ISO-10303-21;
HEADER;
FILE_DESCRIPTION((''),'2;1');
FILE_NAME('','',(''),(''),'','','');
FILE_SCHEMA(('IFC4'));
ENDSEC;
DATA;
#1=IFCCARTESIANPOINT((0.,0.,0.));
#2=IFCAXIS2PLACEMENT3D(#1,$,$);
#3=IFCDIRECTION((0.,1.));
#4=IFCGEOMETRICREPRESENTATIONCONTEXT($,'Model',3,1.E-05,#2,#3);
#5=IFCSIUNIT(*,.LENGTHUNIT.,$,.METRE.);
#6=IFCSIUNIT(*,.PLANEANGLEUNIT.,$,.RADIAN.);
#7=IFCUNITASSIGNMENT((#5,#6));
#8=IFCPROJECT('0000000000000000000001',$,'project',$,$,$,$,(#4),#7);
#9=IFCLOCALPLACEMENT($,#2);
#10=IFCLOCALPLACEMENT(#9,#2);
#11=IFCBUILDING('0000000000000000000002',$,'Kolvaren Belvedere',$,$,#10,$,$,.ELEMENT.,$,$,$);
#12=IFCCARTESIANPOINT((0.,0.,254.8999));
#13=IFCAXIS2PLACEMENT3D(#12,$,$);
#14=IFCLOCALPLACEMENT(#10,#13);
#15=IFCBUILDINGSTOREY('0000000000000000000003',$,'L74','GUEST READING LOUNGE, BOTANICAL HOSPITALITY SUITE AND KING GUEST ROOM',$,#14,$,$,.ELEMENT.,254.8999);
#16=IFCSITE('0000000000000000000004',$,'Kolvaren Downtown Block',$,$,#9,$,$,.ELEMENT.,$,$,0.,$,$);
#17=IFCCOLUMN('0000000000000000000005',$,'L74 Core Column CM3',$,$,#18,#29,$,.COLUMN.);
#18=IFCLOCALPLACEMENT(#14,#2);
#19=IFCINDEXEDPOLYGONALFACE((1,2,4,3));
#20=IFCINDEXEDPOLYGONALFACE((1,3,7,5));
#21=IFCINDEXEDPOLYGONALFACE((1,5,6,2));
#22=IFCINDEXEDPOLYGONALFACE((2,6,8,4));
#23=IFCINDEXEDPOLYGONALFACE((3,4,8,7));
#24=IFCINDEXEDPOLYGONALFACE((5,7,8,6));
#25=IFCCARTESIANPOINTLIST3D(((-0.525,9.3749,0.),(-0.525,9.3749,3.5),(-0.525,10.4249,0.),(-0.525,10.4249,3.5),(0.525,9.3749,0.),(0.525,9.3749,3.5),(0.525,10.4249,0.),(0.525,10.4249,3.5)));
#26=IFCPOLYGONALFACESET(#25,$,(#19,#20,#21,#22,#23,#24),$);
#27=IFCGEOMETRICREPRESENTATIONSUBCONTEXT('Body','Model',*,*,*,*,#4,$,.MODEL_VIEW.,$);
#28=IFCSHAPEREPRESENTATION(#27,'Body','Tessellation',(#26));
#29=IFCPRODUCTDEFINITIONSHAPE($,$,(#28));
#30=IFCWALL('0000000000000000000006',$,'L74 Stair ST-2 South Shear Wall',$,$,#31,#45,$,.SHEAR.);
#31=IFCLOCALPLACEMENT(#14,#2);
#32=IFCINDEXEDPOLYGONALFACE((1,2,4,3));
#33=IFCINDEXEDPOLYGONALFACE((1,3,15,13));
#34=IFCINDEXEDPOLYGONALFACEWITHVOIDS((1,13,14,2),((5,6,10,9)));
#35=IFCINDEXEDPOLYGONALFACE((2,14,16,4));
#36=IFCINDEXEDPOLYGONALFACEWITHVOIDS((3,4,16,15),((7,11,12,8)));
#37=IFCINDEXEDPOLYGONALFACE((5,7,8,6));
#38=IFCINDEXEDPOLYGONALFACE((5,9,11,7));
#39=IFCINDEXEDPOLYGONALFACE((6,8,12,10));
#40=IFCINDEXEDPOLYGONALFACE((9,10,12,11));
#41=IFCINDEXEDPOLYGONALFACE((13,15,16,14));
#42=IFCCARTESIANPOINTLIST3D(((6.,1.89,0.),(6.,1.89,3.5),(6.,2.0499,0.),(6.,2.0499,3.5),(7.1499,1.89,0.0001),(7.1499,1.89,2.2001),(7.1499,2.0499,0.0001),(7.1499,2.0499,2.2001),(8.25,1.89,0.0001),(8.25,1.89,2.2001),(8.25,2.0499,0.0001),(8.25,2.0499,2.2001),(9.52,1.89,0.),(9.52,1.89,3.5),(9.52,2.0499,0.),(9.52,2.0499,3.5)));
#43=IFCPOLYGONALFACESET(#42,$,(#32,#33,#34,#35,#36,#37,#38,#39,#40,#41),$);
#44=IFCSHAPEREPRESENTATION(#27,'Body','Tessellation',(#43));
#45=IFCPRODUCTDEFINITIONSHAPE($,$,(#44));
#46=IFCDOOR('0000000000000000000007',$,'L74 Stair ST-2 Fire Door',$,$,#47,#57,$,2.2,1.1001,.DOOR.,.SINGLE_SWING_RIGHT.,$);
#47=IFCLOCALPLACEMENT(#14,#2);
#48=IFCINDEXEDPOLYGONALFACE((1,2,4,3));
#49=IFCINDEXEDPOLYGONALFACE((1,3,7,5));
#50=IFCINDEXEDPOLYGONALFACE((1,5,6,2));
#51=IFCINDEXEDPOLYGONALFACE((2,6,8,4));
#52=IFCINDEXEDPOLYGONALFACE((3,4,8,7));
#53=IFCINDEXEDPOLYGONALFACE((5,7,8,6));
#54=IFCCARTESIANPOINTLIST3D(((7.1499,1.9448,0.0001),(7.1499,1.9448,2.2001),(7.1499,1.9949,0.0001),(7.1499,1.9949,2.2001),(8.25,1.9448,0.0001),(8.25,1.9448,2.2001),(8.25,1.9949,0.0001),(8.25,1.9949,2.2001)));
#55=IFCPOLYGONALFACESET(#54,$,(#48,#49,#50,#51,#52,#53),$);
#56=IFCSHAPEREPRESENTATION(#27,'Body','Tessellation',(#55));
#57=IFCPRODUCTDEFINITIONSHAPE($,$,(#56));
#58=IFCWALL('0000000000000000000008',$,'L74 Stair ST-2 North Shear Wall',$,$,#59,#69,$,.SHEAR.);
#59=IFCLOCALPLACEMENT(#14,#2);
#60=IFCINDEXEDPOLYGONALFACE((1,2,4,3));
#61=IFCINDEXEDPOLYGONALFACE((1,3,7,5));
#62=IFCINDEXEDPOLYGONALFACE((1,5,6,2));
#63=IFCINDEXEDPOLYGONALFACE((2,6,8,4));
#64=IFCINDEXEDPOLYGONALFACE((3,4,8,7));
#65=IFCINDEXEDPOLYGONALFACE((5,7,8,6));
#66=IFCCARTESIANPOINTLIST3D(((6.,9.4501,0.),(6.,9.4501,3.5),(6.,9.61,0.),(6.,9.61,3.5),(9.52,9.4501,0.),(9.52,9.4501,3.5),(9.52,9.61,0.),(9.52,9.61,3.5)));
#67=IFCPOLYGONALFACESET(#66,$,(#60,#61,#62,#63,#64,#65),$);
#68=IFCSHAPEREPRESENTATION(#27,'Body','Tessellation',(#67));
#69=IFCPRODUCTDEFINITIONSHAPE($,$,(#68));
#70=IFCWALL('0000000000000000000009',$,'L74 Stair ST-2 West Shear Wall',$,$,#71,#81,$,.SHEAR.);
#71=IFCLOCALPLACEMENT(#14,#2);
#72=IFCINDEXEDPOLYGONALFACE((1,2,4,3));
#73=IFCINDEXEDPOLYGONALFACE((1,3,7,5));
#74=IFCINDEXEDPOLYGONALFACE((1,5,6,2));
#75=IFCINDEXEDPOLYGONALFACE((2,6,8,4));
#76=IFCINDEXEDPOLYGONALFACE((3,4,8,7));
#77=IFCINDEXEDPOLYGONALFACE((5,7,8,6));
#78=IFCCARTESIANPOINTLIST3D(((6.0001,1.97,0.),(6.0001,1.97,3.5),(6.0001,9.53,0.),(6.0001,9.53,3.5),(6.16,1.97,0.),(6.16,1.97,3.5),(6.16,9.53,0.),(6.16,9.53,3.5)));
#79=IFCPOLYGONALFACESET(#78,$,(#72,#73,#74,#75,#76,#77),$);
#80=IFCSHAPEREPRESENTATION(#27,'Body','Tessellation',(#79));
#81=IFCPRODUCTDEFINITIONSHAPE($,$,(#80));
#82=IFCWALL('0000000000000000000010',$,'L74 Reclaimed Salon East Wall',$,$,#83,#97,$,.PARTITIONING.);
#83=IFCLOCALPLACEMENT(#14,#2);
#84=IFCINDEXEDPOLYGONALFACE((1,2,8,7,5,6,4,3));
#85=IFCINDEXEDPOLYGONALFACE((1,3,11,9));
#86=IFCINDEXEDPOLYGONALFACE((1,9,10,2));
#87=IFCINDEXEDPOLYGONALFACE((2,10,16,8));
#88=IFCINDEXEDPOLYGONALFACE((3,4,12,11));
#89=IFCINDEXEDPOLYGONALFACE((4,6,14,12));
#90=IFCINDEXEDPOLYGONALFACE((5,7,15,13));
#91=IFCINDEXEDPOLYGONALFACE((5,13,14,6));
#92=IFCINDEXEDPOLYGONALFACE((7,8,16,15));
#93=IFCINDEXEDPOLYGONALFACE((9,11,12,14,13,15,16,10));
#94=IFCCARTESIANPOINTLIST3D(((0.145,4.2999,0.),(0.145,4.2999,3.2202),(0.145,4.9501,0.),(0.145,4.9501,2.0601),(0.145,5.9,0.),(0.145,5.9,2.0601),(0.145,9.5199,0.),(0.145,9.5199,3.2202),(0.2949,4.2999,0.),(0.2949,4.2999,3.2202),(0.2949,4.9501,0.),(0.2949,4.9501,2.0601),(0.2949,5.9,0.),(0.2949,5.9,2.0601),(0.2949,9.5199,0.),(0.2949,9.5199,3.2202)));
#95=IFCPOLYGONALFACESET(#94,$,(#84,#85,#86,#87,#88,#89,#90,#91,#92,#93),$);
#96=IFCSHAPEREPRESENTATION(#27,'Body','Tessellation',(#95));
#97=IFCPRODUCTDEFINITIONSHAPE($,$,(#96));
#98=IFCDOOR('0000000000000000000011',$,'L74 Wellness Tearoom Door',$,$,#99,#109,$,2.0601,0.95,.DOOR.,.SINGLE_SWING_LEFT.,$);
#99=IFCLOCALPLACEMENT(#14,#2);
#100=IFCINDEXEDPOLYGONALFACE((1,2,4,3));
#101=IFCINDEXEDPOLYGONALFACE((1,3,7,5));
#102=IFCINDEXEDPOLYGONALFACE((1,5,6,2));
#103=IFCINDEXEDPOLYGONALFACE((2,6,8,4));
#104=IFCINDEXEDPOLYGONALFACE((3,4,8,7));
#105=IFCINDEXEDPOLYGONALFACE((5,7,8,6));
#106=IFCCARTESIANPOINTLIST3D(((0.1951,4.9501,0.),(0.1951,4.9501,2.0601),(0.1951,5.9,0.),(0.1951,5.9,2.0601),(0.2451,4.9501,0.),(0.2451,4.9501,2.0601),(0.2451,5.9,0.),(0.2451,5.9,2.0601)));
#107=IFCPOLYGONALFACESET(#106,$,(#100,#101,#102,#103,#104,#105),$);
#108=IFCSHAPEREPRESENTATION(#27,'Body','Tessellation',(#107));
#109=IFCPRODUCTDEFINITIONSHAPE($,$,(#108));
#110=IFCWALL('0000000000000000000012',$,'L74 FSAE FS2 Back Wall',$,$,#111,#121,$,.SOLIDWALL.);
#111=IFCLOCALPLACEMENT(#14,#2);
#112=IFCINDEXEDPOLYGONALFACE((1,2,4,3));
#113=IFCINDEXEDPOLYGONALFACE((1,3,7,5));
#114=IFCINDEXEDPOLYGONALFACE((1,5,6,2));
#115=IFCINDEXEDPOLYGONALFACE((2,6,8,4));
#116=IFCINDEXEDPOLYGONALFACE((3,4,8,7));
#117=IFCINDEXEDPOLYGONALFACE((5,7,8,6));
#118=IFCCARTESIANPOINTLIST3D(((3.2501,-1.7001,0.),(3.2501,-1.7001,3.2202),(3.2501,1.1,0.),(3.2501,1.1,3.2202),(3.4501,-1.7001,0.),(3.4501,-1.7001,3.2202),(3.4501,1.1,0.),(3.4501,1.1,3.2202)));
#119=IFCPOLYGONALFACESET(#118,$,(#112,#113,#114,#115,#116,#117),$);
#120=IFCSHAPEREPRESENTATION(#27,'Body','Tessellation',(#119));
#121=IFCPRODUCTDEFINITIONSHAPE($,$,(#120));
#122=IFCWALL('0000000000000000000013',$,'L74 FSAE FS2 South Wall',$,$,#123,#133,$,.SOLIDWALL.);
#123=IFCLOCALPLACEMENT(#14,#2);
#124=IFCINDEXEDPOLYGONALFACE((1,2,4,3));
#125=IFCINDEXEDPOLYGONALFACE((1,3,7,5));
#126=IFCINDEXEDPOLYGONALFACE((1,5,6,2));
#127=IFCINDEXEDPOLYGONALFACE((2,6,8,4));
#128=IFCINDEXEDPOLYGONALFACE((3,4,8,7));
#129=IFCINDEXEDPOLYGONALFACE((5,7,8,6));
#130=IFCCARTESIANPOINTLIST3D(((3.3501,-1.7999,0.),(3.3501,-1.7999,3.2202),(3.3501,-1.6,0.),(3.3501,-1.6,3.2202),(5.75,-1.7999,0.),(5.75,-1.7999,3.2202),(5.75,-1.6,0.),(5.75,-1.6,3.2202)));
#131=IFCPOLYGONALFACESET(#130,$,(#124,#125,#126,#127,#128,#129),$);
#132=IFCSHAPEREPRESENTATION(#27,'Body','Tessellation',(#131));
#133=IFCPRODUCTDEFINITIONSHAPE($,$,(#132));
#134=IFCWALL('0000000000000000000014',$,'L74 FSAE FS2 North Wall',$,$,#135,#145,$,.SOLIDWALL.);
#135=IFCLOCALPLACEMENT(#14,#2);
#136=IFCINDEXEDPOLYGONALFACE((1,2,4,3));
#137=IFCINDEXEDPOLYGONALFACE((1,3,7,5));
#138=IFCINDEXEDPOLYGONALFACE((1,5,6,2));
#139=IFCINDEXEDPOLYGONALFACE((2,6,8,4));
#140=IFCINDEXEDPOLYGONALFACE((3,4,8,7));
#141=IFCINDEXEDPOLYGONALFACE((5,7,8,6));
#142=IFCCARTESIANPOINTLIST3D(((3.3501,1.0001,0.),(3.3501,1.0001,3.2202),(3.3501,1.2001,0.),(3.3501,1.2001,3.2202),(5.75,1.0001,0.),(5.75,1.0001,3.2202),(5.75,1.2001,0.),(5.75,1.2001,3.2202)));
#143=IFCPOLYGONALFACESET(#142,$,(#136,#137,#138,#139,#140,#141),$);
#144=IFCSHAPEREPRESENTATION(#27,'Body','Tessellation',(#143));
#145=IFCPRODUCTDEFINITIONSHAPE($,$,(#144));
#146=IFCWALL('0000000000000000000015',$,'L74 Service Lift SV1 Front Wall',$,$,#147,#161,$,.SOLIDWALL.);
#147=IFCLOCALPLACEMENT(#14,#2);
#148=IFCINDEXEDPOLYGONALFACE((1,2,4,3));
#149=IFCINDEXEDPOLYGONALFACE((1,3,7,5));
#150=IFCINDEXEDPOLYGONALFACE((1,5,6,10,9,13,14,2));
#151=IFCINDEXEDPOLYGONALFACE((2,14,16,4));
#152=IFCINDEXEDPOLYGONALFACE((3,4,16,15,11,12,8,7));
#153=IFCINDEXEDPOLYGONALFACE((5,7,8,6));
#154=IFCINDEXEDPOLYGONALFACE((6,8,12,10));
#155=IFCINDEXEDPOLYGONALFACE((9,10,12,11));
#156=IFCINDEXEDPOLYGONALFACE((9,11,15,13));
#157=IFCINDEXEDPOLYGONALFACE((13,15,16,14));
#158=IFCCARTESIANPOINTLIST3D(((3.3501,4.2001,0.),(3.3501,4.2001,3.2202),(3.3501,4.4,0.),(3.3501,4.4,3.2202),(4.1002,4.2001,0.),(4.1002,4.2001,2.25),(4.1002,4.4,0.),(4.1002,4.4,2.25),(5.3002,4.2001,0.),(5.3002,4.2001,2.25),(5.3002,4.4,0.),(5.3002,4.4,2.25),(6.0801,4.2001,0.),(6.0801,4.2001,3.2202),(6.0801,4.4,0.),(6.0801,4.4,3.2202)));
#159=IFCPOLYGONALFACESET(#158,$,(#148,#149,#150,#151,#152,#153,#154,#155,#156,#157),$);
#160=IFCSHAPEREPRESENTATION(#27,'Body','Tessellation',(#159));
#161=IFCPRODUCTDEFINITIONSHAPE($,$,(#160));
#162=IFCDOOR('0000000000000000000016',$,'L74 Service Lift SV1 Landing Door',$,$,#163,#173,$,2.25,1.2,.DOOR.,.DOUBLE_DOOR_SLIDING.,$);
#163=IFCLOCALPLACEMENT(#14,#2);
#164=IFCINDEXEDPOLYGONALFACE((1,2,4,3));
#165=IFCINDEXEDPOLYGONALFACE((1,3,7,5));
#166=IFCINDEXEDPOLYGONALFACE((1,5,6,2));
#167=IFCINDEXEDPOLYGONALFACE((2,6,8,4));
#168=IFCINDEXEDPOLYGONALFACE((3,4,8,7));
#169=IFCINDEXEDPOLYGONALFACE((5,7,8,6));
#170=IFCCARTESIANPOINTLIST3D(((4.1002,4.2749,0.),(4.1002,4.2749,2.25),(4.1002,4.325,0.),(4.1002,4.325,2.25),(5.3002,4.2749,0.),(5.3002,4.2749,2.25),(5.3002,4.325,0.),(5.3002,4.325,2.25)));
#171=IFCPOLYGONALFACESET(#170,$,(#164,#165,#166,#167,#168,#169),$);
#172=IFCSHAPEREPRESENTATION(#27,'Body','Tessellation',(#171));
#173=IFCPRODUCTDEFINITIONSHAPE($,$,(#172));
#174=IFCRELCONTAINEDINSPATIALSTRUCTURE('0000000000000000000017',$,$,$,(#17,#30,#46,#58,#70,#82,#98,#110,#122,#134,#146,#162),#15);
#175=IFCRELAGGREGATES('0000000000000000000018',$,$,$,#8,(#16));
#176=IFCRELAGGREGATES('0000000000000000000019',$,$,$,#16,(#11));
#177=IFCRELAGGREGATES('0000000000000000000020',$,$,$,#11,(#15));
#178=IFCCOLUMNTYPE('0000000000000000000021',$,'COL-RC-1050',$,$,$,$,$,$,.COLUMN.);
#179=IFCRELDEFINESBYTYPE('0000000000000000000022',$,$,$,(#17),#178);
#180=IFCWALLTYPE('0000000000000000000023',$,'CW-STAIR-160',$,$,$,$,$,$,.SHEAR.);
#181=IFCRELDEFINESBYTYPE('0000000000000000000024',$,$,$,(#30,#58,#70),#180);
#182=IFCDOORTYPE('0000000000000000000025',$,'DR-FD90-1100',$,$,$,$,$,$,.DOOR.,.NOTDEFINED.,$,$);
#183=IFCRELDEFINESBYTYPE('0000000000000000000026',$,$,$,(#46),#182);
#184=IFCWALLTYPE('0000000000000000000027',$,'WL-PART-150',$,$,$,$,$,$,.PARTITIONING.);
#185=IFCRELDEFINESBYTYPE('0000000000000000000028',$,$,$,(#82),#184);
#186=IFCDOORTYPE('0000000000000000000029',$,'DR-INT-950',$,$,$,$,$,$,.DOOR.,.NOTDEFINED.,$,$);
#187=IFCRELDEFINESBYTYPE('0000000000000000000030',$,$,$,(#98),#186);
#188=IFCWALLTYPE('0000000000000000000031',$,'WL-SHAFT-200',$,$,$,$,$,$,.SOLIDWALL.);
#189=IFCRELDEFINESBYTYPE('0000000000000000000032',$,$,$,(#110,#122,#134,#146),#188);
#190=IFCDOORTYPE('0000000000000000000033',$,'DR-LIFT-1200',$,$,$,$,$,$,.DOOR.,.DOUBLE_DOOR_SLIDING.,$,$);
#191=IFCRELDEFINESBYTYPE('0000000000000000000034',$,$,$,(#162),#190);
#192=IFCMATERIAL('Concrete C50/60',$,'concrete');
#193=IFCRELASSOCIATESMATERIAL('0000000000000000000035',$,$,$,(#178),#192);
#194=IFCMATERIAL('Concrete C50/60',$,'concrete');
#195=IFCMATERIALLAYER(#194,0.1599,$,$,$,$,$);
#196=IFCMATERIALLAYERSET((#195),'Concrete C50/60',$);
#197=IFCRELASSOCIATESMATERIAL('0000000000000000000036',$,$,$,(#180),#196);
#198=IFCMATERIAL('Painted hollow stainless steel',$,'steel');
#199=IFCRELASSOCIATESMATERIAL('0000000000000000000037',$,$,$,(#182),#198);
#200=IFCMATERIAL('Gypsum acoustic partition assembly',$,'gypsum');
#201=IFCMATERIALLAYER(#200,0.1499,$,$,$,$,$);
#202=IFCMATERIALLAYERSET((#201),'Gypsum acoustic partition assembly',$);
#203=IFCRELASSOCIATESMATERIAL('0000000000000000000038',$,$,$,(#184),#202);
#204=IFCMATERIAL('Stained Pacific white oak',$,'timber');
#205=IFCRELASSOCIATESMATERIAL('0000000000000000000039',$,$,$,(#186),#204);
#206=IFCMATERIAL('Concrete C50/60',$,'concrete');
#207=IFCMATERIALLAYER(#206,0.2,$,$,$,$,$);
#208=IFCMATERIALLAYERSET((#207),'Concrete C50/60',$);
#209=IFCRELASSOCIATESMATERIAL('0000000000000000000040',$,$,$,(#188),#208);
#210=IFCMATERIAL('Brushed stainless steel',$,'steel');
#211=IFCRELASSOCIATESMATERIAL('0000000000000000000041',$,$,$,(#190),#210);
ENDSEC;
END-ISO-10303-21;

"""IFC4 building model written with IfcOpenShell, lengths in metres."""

from ifc_helpers import new_model, si_unit, direction, frame, frame_2d, origin, origin_2d, place, context, subcontext, project, spatial, rectangle, extrude, material, layer, layer_set, material_profile, profile_set, type_object, element, fill, save


model = new_model("IFC4")

# Units and contexts
model_context = context("Model", 3, precision=1e-05, world=origin(), true_north=direction((0.0, 1.0)))
body_context = subcontext(model_context, "Body", "Model", "MODEL_VIEW")
ifc_project = project(units=[si_unit("LENGTHUNIT", "METRE"), si_unit("PLANEANGLEUNIT", "RADIAN")], contexts=[model_context])

# Site, building, storey
site_placement = place(None, origin())
site = spatial("IfcSite", under=ifc_project, at=site_placement, Name="Kolvaren Downtown Block", CompositionType="ELEMENT", RefElevation=0.0)
building_placement = place(site_placement, origin())
building = spatial("IfcBuilding", under=site, at=building_placement, Name="Kolvaren Belvedere", CompositionType="ELEMENT")
storey_placement = place(building_placement, frame((0.0, 0.0, 254.8999)))
storey = spatial("IfcBuildingStorey", under=building, at=storey_placement, Name="L74", Description="GUEST READING LOUNGE, BOTANICAL HOSPITALITY SUITE AND KING GUEST ROOM", CompositionType="ELEMENT", Elevation=254.8999)

# Column
ifc_material_1 = material(Name="Concrete C50/60", Category="concrete")
ifc_material_profile = material_profile(ifc_material_1, rectangle(XDim=1.05, YDim=1.05, at=origin_2d()), Name="RC 1050X1050")
ifc_profile_set = profile_set([ifc_material_profile], Name="Concrete C50/60")
column_type = type_object("IfcColumnType", Name="COL-RC-1050", PredefinedType="COLUMN", material=ifc_profile_set)
column_placement = place(storey_placement, frame((0.0, 9.8999, 0.0), z_axis=(0.0, 0.0, 1.0), x_axis=(1.0, 0.0, 0.0)))
element("IfcColumn", 1, at=column_placement, inside=storey, type_object=column_type, Name="L74 Core Column CM3", PredefinedType="COLUMN", context=body_context, shape_type="SweptSolid", body=[
    extrude(rectangle(XDim=1.05, YDim=1.05, at=origin_2d()), origin(), (0.0, 0.0, 1.0), 3.5),
])

# Wall, opening, door
ifc_material_2 = material(Name="Concrete C50/60", Category="concrete")
ifc_layer_1 = layer(ifc_material_2, 0.1599)
ifc_layer_set_1 = layer_set([ifc_layer_1], Name="Concrete C50/60")
wall_type_1 = type_object("IfcWallType", Name="CW-STAIR-160", PredefinedType="SHEAR", material=ifc_layer_set_1)
wall_1_placement = place(storey_placement, frame((6.0, 1.97, 0.0), z_axis=(0.0, 0.0, 1.0), x_axis=(1.0, 0.0, 0.0)))
wall_1 = element("IfcWall", 2, at=wall_1_placement, inside=storey, type_object=wall_type_1, Name="L74 Stair ST-2 South Shear Wall", PredefinedType="SHEAR", context=body_context, shape_type="SweptSolid", body=[
    extrude(rectangle(XDim=3.52, YDim=0.1599, at=frame_2d((1.76, 0.0))), origin(), (0.0, 0.0, 1.0), 3.5),
])
opening_1_placement = place(wall_1_placement, frame((1.1499, 0.0, 0.0)))
opening_1 = element("IfcOpeningElement", 3, at=opening_1_placement, cuts=wall_1, PredefinedType="OPENING", context=body_context, shape_type="SweptSolid", body=[
    extrude(rectangle(XDim=1.1001, YDim=2.2, at=frame_2d((0.55, 1.1001))), frame((0.0, 0.0898, 0.0), z_axis=(0.0, -1.0, 0.0), x_axis=(1.0, 0.0, 0.0)), (0.0, 0.0, 1.0), 0.1799),
])
ifc_material_3 = material(Name="Painted hollow stainless steel", Category="steel")
door_type_1 = type_object("IfcDoorType", Name="DR-FD90-1100", OperationType="NOTDEFINED", PredefinedType="DOOR", material=ifc_material_3)
door_1_placement = place(opening_1_placement, origin())
door_1 = element("IfcDoor", 4, at=door_1_placement, inside=storey, type_object=door_type_1, Name="L74 Stair ST-2 Fire Door", OperationType="SINGLE_SWING_RIGHT", OverallHeight=2.2, OverallWidth=1.1001, PredefinedType="DOOR", context=body_context, shape_type="SweptSolid", body=[
    extrude(rectangle(XDim=1.1001, YDim=2.2, at=frame_2d((0.55, 1.1001))), frame((0.0, 0.0249, 0.0), z_axis=(0.0, -1.0, 0.0), x_axis=(1.0, 0.0, 0.0)), (0.0, 0.0, 1.0), 0.05),
])
fill(opening_1, door_1)

# Walls
wall_2_placement = place(storey_placement, frame((6.0, 9.53, 0.0), z_axis=(0.0, 0.0, 1.0), x_axis=(1.0, 0.0, 0.0)))
element("IfcWall", 5, at=wall_2_placement, inside=storey, type_object=wall_type_1, Name="L74 Stair ST-2 North Shear Wall", PredefinedType="SHEAR", context=body_context, shape_type="SweptSolid", body=[
    extrude(rectangle(XDim=3.52, YDim=0.1599, at=frame_2d((1.76, 0.0))), origin(), (0.0, 0.0, 1.0), 3.5),
])
wall_3_placement = place(storey_placement, frame((6.0801, 1.97, 0.0), z_axis=(0.0, 0.0, 1.0), x_axis=(0.0, 1.0, 0.0)))
element("IfcWall", 6, at=wall_3_placement, inside=storey, type_object=wall_type_1, Name="L74 Stair ST-2 West Shear Wall", PredefinedType="SHEAR", context=body_context, shape_type="SweptSolid", body=[
    extrude(rectangle(XDim=7.5601, YDim=0.1599, at=frame_2d((3.78, 0.0))), origin(), (0.0, 0.0, 1.0), 3.5),
])

# Wall, opening, door
ifc_material_4 = material(Name="Gypsum acoustic partition assembly", Category="gypsum")
ifc_layer_2 = layer(ifc_material_4, 0.1499)
ifc_layer_set_2 = layer_set([ifc_layer_2], Name="Gypsum acoustic partition assembly")
wall_type_2 = type_object("IfcWallType", Name="WL-PART-150", PredefinedType="PARTITIONING", material=ifc_layer_set_2)
wall_4_placement = place(storey_placement, frame((0.22, 4.3, 0.0), z_axis=(0.0, 0.0, 1.0), x_axis=(0.0, 1.0, 0.0)))
wall_4 = element("IfcWall", 7, at=wall_4_placement, inside=storey, type_object=wall_type_2, Name="L74 Reclaimed Salon East Wall", PredefinedType="PARTITIONING", context=body_context, shape_type="SweptSolid", body=[
    extrude(rectangle(XDim=5.22, YDim=0.1499, at=frame_2d((2.6099, 0.0))), origin(), (0.0, 0.0, 1.0), 3.2202),
])
opening_2_placement = place(wall_4_placement, frame((0.6499, 0.0, 0.0)))
opening_2 = element("IfcOpeningElement", 8, at=opening_2_placement, cuts=wall_4, PredefinedType="OPENING", context=body_context, shape_type="SweptSolid", body=[
    extrude(rectangle(XDim=0.95, YDim=2.0601, at=frame_2d((0.4751, 1.03))), frame((0.0, 0.085, 0.0), z_axis=(0.0, -1.0, 0.0), x_axis=(1.0, 0.0, 0.0)), (0.0, 0.0, 1.0), 0.1699),
])
ifc_material_5 = material(Name="Stained Pacific white oak", Category="timber")
door_type_2 = type_object("IfcDoorType", Name="DR-INT-950", OperationType="NOTDEFINED", PredefinedType="DOOR", material=ifc_material_5)
door_2_placement = place(opening_2_placement, origin())
door_2 = element("IfcDoor", 9, at=door_2_placement, inside=storey, type_object=door_type_2, Name="L74 Wellness Tearoom Door", OperationType="SINGLE_SWING_LEFT", OverallHeight=2.0601, OverallWidth=0.95, PredefinedType="DOOR", context=body_context, shape_type="SweptSolid", body=[
    extrude(rectangle(XDim=0.95, YDim=2.0601, at=frame_2d((0.4751, 1.03))), frame((0.0, 0.0249, 0.0), z_axis=(0.0, -1.0, 0.0), x_axis=(1.0, 0.0, 0.0)), (0.0, 0.0, 1.0), 0.05),
])
fill(opening_2, door_2)

# Walls
ifc_material_6 = material(Name="Concrete C50/60", Category="concrete")
ifc_layer_3 = layer(ifc_material_6, 0.2)
ifc_layer_set_3 = layer_set([ifc_layer_3], Name="Concrete C50/60")
wall_type_3 = type_object("IfcWallType", Name="WL-SHAFT-200", PredefinedType="SOLIDWALL", material=ifc_layer_set_3)
wall_5_placement = place(storey_placement, frame((3.3501, -1.7, 0.0), z_axis=(0.0, 0.0, 1.0), x_axis=(0.0, 1.0, 0.0)))
element("IfcWall", 10, at=wall_5_placement, inside=storey, type_object=wall_type_3, Name="L74 FSAE FS2 Back Wall", PredefinedType="SOLIDWALL", context=body_context, shape_type="SweptSolid", body=[
    extrude(rectangle(XDim=2.8, YDim=0.2, at=frame_2d((1.3999, 0.0))), origin(), (0.0, 0.0, 1.0), 3.2202),
])
for number, where, z_axis, x_axis, name in (
    (11, (3.3501, -1.7, 0.0), (0.0, 0.0, 1.0), (1.0, 0.0, 0.0), "L74 FSAE FS2 South Wall"),
    (12, (3.3501, 1.1001, 0.0), (0.0, 0.0, 1.0), (1.0, 0.0, 0.0), "L74 FSAE FS2 North Wall"),
):
    element("IfcWall", number, at=place(storey_placement, frame(where, z_axis=z_axis, x_axis=x_axis)), inside=storey, type_object=wall_type_3, Name=name, PredefinedType="SOLIDWALL", context=body_context, shape_type="SweptSolid", body=[
        extrude(rectangle(XDim=2.3999, YDim=0.2, at=frame_2d((1.2, 0.0))), origin(), (0.0, 0.0, 1.0), 3.2202),
    ])

# Wall, opening, door
wall_6_placement = place(storey_placement, frame((3.3501, 4.3, 0.0), z_axis=(0.0, 0.0, 1.0), x_axis=(1.0, 0.0, 0.0)))
wall_6 = element("IfcWall", 13, at=wall_6_placement, inside=storey, type_object=wall_type_3, Name="L74 Service Lift SV1 Front Wall", PredefinedType="SOLIDWALL", context=body_context, shape_type="SweptSolid", body=[
    extrude(rectangle(XDim=2.73, YDim=0.2, at=frame_2d((1.365, 0.0))), origin(), (0.0, 0.0, 1.0), 3.2202),
])
opening_3_placement = place(wall_6_placement, frame((0.75, 0.0, 0.0)))
opening_3 = element("IfcOpeningElement", 14, at=opening_3_placement, cuts=wall_6, PredefinedType="OPENING", context=body_context, shape_type="SweptSolid", body=[
    extrude(rectangle(XDim=1.2, YDim=2.25, at=frame_2d((0.6001, 1.125))), frame((0.0, 0.1099, 0.0), z_axis=(0.0, -1.0, 0.0), x_axis=(1.0, 0.0, 0.0)), (0.0, 0.0, 1.0), 0.22),
])
ifc_material_7 = material(Name="Brushed stainless steel", Category="steel")
door_type_3 = type_object("IfcDoorType", Name="DR-LIFT-1200", OperationType="DOUBLE_DOOR_SLIDING", PredefinedType="DOOR", material=ifc_material_7)
door_3_placement = place(opening_3_placement, origin())
door_3 = element("IfcDoor", 15, at=door_3_placement, inside=storey, type_object=door_type_3, Name="L74 Service Lift SV1 Landing Door", OperationType="DOUBLE_DOOR_SLIDING", OverallHeight=2.25, OverallWidth=1.2, PredefinedType="DOOR", context=body_context, shape_type="SweptSolid", body=[
    extrude(rectangle(XDim=1.2, YDim=2.25, at=frame_2d((0.6001, 1.125))), frame((0.0, 0.0249, 0.0), z_axis=(0.0, -1.0, 0.0), x_axis=(1.0, 0.0, 0.0)), (0.0, 0.0, 1.0), 0.05),
])
fill(opening_3, door_3)

save(model, "model.ifc")
